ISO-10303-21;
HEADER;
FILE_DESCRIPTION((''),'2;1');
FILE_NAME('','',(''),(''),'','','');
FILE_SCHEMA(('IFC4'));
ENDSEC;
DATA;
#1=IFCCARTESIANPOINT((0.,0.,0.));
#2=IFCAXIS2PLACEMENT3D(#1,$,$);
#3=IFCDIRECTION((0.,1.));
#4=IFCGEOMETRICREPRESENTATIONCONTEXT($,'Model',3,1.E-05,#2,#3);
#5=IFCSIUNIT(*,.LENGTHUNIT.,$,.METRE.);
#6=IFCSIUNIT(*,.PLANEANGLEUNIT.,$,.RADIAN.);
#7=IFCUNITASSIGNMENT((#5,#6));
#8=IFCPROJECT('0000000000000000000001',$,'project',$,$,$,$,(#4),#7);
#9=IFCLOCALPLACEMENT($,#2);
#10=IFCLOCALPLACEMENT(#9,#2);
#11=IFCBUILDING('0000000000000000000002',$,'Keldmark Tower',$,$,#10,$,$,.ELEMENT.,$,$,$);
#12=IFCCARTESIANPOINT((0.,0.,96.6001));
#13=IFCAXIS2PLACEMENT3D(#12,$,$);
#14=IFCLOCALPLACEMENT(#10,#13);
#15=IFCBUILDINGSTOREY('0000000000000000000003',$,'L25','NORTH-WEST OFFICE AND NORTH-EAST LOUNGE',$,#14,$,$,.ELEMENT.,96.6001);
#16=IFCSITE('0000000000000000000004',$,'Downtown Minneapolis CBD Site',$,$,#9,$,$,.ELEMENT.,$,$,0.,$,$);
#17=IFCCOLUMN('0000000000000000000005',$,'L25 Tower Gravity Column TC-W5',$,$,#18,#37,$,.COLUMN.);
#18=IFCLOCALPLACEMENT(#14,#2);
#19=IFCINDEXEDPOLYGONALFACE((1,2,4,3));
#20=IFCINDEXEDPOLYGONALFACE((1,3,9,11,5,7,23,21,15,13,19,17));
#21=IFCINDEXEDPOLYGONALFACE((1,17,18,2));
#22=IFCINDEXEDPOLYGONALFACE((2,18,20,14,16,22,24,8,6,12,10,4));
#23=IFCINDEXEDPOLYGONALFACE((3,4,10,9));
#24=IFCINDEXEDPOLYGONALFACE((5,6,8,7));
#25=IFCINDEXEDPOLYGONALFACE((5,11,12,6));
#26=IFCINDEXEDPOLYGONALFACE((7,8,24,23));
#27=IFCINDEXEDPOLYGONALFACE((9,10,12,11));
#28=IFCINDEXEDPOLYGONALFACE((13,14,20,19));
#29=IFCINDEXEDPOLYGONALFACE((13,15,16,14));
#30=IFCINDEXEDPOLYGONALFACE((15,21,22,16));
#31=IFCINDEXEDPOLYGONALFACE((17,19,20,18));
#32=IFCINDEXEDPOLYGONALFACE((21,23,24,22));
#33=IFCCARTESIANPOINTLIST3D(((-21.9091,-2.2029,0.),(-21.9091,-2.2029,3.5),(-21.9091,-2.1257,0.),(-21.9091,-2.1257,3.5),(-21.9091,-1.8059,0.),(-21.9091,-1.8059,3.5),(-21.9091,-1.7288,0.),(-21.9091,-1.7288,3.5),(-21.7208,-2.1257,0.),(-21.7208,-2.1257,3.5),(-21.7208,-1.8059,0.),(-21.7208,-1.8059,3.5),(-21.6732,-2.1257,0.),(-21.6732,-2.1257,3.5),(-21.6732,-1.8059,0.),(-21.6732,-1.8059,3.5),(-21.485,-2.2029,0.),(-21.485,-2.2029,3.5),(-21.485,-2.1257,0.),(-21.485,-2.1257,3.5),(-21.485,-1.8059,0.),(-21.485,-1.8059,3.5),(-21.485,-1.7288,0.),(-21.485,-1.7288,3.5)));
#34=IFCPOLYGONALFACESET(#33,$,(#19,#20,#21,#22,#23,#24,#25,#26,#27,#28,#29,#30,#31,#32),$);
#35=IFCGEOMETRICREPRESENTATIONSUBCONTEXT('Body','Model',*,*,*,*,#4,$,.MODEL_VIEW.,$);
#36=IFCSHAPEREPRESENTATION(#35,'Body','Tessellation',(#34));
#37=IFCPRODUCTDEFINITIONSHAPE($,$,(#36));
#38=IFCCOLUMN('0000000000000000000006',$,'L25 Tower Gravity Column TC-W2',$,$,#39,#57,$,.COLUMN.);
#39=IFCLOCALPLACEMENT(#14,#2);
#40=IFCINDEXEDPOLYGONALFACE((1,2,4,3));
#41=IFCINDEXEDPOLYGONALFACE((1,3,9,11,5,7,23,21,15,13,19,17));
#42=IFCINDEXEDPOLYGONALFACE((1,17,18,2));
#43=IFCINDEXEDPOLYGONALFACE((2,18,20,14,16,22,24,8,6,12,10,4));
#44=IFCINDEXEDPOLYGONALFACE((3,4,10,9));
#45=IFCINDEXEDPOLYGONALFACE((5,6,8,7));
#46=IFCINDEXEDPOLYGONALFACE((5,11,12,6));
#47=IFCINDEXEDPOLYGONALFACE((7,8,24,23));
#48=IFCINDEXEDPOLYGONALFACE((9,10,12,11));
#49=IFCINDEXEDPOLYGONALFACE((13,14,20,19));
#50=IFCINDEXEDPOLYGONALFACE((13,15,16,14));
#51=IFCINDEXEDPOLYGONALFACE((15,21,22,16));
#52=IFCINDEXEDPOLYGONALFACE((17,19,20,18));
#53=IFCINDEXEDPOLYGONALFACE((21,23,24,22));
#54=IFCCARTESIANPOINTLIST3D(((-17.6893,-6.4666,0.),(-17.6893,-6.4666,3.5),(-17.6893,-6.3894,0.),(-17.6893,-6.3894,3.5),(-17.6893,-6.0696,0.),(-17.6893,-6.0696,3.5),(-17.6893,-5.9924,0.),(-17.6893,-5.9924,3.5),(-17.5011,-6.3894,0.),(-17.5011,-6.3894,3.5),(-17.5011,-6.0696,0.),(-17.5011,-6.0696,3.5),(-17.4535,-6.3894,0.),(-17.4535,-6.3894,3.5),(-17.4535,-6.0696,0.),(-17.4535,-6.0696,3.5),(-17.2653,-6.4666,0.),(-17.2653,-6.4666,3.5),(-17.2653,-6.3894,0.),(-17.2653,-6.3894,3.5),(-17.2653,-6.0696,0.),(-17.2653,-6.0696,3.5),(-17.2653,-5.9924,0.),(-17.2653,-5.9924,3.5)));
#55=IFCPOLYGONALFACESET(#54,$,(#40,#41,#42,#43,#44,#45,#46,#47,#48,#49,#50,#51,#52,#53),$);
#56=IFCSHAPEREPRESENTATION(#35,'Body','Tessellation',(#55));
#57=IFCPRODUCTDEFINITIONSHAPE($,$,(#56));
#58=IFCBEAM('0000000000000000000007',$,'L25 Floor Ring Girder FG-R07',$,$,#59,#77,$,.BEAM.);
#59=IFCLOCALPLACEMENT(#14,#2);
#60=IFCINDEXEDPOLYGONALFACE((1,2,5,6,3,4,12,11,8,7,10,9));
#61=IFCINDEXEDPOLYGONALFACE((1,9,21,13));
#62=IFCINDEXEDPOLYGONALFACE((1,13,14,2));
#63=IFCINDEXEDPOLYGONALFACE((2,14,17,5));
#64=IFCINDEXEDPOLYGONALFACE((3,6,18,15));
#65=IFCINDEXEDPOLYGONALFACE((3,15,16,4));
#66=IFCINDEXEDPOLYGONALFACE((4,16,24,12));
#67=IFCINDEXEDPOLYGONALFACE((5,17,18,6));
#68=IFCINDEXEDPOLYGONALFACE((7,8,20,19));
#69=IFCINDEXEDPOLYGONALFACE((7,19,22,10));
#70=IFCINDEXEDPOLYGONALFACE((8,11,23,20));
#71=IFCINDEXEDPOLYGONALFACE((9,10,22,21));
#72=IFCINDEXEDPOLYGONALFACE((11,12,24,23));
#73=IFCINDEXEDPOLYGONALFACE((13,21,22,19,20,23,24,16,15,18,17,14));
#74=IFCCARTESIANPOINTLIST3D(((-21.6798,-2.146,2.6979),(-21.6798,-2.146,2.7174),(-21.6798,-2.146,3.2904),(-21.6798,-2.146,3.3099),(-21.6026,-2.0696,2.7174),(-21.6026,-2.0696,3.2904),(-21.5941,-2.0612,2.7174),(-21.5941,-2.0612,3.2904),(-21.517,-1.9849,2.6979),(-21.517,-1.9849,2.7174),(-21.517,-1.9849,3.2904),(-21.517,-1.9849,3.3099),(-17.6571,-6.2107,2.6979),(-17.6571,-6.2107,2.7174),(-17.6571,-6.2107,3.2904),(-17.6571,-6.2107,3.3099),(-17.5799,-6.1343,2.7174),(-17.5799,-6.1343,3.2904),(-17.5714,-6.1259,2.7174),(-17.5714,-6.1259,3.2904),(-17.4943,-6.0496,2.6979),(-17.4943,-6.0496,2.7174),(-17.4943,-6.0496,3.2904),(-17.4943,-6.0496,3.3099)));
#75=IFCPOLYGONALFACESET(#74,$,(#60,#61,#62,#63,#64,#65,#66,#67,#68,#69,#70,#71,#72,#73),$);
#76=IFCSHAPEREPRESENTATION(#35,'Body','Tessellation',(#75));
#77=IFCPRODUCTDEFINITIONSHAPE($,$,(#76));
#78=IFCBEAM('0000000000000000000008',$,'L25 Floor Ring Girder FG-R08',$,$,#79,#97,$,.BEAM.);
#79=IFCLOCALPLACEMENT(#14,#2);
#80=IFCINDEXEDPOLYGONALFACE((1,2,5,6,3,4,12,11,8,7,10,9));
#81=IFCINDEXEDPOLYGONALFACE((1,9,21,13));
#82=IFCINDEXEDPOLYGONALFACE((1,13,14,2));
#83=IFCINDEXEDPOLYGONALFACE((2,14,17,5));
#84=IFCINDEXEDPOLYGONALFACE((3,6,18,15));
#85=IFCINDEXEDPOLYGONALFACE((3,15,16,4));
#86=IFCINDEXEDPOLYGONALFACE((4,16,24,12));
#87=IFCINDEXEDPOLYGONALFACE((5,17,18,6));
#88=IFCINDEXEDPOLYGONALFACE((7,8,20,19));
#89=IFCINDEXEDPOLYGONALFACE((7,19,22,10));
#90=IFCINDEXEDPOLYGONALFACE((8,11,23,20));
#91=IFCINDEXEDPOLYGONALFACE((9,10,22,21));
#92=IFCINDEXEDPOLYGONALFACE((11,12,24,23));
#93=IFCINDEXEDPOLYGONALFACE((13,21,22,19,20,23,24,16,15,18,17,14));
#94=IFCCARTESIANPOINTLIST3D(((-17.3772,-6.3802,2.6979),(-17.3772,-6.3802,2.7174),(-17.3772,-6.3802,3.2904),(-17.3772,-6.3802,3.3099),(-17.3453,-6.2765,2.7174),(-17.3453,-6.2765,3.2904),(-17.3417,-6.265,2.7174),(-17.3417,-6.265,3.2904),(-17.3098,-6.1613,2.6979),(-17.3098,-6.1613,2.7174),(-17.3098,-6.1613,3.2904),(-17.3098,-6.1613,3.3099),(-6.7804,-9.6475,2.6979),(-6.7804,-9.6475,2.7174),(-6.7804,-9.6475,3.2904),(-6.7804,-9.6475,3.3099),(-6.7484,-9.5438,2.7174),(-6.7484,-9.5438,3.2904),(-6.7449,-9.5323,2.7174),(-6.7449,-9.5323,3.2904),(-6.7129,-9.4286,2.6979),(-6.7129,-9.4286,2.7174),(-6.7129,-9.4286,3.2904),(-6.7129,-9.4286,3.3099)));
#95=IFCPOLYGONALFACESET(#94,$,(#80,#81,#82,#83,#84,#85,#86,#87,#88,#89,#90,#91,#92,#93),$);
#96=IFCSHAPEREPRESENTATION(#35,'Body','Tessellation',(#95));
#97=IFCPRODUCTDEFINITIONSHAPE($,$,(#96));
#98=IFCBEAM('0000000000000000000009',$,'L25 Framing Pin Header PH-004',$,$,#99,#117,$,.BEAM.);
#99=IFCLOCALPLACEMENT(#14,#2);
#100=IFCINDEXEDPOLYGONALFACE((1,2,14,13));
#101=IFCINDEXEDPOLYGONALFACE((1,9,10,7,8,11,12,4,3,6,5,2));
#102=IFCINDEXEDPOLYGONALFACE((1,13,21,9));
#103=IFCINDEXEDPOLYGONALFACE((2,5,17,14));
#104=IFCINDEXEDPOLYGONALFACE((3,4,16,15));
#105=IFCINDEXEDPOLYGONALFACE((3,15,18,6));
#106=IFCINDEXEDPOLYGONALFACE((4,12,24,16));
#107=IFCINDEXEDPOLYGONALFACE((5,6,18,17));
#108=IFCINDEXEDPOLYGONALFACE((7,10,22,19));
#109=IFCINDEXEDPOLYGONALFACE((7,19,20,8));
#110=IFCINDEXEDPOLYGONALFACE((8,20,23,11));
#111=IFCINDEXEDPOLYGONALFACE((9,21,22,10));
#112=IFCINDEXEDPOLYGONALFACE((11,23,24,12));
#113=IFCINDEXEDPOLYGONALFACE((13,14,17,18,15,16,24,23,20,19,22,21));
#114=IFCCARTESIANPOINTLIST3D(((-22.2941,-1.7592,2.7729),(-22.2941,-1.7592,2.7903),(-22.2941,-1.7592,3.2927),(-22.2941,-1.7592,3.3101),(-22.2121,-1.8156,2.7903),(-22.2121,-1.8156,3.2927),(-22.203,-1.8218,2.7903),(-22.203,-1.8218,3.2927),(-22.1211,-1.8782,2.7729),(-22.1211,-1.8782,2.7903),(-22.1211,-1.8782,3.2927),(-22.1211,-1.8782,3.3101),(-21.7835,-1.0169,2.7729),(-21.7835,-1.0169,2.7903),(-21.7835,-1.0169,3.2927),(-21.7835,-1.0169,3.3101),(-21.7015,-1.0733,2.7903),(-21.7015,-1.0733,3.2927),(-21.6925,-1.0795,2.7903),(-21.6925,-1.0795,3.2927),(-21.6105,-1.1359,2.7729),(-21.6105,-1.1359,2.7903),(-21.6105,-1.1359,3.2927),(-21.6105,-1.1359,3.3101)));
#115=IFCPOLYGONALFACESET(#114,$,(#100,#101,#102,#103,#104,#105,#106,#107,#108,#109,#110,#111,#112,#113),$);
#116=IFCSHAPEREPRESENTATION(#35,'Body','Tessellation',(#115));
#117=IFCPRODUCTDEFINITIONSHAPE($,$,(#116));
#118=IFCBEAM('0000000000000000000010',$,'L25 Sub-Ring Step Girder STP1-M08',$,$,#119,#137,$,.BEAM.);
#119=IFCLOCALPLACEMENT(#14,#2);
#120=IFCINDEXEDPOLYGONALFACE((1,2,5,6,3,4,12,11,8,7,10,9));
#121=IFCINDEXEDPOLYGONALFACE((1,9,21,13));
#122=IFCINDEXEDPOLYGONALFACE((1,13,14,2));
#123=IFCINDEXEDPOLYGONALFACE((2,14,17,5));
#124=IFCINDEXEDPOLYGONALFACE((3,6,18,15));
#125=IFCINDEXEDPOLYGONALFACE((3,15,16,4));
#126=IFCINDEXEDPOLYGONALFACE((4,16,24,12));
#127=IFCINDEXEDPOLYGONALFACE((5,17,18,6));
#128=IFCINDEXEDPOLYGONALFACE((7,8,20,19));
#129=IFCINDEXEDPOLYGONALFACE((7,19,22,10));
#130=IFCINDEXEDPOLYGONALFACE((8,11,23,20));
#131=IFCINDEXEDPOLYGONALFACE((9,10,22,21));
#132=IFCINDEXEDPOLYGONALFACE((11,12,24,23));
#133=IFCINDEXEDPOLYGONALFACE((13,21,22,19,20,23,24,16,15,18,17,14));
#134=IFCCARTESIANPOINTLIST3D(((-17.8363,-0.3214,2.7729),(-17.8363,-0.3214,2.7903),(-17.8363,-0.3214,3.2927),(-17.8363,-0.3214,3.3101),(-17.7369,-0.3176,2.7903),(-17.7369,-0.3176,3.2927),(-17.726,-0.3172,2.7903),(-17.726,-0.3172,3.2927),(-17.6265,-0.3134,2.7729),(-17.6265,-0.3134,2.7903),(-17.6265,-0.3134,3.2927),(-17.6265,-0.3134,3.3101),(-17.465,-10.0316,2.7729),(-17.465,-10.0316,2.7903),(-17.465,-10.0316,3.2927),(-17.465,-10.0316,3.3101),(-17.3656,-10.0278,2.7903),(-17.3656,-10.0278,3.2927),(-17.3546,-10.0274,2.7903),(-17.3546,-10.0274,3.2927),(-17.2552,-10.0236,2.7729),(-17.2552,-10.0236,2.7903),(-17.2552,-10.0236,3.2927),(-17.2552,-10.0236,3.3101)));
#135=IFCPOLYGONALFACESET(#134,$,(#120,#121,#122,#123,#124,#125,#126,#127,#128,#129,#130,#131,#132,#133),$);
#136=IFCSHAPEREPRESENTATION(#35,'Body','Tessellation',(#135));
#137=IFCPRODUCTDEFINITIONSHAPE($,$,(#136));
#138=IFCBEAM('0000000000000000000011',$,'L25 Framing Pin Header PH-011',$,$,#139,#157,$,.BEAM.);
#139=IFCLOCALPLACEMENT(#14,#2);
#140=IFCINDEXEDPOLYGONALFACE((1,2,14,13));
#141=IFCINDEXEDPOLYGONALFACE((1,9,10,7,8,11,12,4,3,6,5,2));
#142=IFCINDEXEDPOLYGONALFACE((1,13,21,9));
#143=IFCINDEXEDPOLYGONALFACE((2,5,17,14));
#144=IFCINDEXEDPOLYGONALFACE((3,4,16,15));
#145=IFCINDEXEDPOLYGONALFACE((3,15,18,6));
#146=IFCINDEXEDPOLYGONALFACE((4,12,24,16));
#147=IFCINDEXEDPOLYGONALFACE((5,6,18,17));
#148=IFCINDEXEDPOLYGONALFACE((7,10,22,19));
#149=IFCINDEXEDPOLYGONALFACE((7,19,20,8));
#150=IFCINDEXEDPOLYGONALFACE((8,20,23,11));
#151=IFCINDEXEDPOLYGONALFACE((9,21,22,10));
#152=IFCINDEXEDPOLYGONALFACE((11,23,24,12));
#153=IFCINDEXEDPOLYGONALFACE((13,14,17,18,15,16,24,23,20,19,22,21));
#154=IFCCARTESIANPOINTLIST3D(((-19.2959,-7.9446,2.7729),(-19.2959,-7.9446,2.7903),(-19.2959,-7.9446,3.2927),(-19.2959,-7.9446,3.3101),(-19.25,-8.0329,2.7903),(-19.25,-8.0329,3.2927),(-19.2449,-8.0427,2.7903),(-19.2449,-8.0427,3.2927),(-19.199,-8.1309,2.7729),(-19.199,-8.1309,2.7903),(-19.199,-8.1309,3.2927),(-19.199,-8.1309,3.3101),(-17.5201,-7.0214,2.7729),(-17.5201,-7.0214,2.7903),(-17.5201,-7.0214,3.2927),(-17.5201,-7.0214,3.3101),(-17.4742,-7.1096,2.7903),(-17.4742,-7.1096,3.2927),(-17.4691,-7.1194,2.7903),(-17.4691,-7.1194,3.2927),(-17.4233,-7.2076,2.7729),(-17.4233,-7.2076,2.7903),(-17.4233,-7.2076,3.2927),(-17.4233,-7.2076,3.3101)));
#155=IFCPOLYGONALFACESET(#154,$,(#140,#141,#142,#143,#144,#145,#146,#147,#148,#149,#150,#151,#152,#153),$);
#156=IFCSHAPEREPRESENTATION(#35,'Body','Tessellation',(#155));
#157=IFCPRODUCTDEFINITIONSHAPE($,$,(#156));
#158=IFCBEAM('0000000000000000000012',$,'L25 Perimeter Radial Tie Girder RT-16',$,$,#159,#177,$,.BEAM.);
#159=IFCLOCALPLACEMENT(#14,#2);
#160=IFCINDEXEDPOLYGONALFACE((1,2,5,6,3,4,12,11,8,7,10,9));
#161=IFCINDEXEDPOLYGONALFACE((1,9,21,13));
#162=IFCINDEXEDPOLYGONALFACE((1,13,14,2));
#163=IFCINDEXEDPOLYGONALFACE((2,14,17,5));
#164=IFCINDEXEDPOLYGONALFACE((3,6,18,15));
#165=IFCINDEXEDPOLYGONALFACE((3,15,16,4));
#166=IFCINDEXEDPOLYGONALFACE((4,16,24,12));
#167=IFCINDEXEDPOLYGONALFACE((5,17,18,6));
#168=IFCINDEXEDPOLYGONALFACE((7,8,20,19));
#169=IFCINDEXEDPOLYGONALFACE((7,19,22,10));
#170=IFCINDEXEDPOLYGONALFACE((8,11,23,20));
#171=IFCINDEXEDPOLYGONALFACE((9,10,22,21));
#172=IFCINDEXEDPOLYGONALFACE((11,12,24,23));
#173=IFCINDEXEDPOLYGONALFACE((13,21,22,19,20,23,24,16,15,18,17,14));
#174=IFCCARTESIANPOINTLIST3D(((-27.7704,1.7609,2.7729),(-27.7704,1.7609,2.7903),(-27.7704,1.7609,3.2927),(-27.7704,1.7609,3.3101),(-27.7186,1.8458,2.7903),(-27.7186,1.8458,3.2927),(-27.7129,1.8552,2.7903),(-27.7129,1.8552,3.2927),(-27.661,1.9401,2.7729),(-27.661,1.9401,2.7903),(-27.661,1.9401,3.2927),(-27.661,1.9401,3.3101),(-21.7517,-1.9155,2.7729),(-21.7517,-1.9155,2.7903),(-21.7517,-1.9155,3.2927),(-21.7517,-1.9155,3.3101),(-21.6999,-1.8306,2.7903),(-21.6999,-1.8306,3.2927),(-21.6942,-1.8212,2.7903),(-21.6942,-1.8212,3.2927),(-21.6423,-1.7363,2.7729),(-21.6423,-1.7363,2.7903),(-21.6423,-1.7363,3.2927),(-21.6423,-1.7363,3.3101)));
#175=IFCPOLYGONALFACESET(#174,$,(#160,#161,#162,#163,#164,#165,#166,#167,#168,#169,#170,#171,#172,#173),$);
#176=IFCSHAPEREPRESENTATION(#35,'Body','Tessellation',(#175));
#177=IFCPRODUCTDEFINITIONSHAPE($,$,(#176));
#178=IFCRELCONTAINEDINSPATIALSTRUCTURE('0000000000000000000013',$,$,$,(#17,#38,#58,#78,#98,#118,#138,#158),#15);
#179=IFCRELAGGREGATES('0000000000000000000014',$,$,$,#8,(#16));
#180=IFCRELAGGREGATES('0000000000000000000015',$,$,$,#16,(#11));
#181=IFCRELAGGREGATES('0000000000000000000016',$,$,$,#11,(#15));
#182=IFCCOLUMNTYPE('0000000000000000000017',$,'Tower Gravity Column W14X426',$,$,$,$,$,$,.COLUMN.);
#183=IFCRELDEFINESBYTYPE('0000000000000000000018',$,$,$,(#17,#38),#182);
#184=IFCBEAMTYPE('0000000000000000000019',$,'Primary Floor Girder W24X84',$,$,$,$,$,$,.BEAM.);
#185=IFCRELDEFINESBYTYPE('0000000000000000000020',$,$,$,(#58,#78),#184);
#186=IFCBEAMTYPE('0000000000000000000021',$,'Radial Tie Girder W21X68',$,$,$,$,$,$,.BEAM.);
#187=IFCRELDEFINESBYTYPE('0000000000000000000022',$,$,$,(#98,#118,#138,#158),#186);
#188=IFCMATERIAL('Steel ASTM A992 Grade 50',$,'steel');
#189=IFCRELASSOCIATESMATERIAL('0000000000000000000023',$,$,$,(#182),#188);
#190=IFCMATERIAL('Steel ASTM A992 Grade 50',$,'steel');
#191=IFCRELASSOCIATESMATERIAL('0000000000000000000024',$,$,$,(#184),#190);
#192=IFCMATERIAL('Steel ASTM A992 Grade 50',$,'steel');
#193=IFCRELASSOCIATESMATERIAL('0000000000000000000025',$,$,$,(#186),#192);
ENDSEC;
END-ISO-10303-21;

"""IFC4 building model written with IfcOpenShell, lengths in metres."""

from ifc_helpers import new_model, si_unit, direction, frame, origin, origin_2d, place, context, subcontext, project, spatial, i_section, extrude, material, material_profile, profile_set, type_object, element, save


model = new_model("IFC4")

# Units and contexts
model_context = context("Model", 3, precision=1e-05, world=origin(), true_north=direction((0.0, 1.0)))
body_context = subcontext(model_context, "Body", "Model", "MODEL_VIEW")
ifc_project = project(units=[si_unit("LENGTHUNIT", "METRE"), si_unit("PLANEANGLEUNIT", "RADIAN")], contexts=[model_context])

# Site, building, storey
site_placement = place(None, origin())
site = spatial("IfcSite", under=ifc_project, at=site_placement, Name="Downtown Minneapolis CBD Site", CompositionType="ELEMENT", RefElevation=0.0)
building_placement = place(site_placement, origin())
building = spatial("IfcBuilding", under=site, at=building_placement, Name="Keldmark Tower", CompositionType="ELEMENT")
storey_placement = place(building_placement, frame((0.0, 0.0, 96.6001)))
storey = spatial("IfcBuildingStorey", under=building, at=storey_placement, Name="L25", Description="NORTH-WEST OFFICE AND NORTH-EAST LOUNGE", CompositionType="ELEMENT", Elevation=96.6001)

# Columns
ifc_material_1 = material(Name="Steel ASTM A992 Grade 50", Category="steel")
ifc_material_profile_1 = material_profile(ifc_material_1, i_section(OverallWidth=0.4241, OverallDepth=0.4741, WebThickness=0.0476, FlangeThickness=0.0771, at=origin_2d()), Name="W14X426")
ifc_profile_set_1 = profile_set([ifc_material_profile_1], Name="Steel ASTM A992 Grade 50")
column_type = type_object("IfcColumnType", Name="Tower Gravity Column W14X426", PredefinedType="COLUMN", material=ifc_profile_set_1)
for number, where, z_axis, x_axis, name in (
    (1, (-21.697, -1.9658, 0.0), (0.0, 0.0, 1.0), (1.0, 0.0, 0.0), "L25 Tower Gravity Column TC-W5"),
    (2, (-17.4773, -6.2295, 0.0), (0.0, 0.0, 1.0), (1.0, 0.0, 0.0), "L25 Tower Gravity Column TC-W2"),
):
    element("IfcColumn", number, at=place(storey_placement, frame(where, z_axis=z_axis, x_axis=x_axis)), inside=storey, type_object=column_type, Name=name, PredefinedType="COLUMN", context=body_context, shape_type="SweptSolid", body=[
        extrude(i_section(OverallWidth=0.4241, OverallDepth=0.4741, WebThickness=0.0476, FlangeThickness=0.0771, at=origin_2d()), origin(), (0.0, 0.0, 1.0), 3.5),
    ])

# Beams
ifc_material_2 = material(Name="Steel ASTM A992 Grade 50", Category="steel")
ifc_material_profile_2 = material_profile(ifc_material_2, i_section(OverallWidth=0.229, OverallDepth=0.6121, WebThickness=0.012, FlangeThickness=0.0195, at=origin_2d()), Name="W24X84")
ifc_profile_set_2 = profile_set([ifc_material_profile_2], Name="Steel ASTM A992 Grade 50")
beam_type_1 = type_object("IfcBeamType", Name="Primary Floor Girder W24X84", PredefinedType="BEAM", material=ifc_profile_set_2)
beam_1_placement = place(storey_placement, frame((-21.5984, -2.0654, 3.0039), z_axis=(0.703426, -0.710769, 0.0), x_axis=(0.710769, 0.703426, 0.0)))
element("IfcBeam", 3, at=beam_1_placement, inside=storey, type_object=beam_type_1, Name="L25 Floor Ring Girder FG-R07", PredefinedType="BEAM", context=body_context, shape_type="SweptSolid", body=[
    extrude(i_section(OverallWidth=0.229, OverallDepth=0.6121, WebThickness=0.012, FlangeThickness=0.0195, at=origin_2d()), origin(), (0.0, 0.0, 1.0), 5.7188),
])
beam_2_placement = place(storey_placement, frame((-17.3435, -6.2708, 3.0039), z_axis=(0.955608, -0.294641, 0.0), x_axis=(0.294641, 0.955608, 0.0)))
element("IfcBeam", 4, at=beam_2_placement, inside=storey, type_object=beam_type_1, Name="L25 Floor Ring Girder FG-R08", PredefinedType="BEAM", context=body_context, shape_type="SweptSolid", body=[
    extrude(i_section(OverallWidth=0.229, OverallDepth=0.6121, WebThickness=0.012, FlangeThickness=0.0195, at=origin_2d()), origin(), (0.0, 0.0, 1.0), 11.0891),
])
ifc_material_3 = material(Name="Steel ASTM A992 Grade 50", Category="steel")
ifc_material_profile_3 = material_profile(ifc_material_3, i_section(OverallWidth=0.21, OverallDepth=0.5371, WebThickness=0.011, FlangeThickness=0.0173, at=origin_2d()), Name="W21X68")
ifc_profile_set_3 = profile_set([ifc_material_profile_3], Name="Steel ASTM A992 Grade 50")
beam_type_2 = type_object("IfcBeamType", Name="Radial Tie Girder W21X68", PredefinedType="BEAM", material=ifc_profile_set_3)
beam_3_placement = place(storey_placement, frame((-21.697, -1.0764, 3.0415), z_axis=(-0.566713, -0.823915, 0.0), x_axis=(0.823915, -0.566713, 0.0)))
element("IfcBeam", 5, at=beam_3_placement, inside=storey, type_object=beam_type_2, Name="L25 Framing Pin Header PH-004", PredefinedType="BEAM", context=body_context, shape_type="SweptSolid", body=[
    extrude(i_section(OverallWidth=0.21, OverallDepth=0.5371, WebThickness=0.011, FlangeThickness=0.0173, at=origin_2d()), origin(), (0.0, 0.0, 1.0), 0.9009),
])
beam_4_placement = place(storey_placement, frame((-17.7314, -0.3174, 3.0415), z_axis=(0.038214, -0.99927, 0.0), x_axis=(0.99927, 0.038214, 0.0)))
element("IfcBeam", 6, at=beam_4_placement, inside=storey, type_object=beam_type_2, Name="L25 Sub-Ring Step Girder STP1-M08", PredefinedType="BEAM", context=body_context, shape_type="SweptSolid", body=[
    extrude(i_section(OverallWidth=0.21, OverallDepth=0.5371, WebThickness=0.011, FlangeThickness=0.0173, at=origin_2d()), origin(), (0.0, 0.0, 1.0), 9.7173),
])
beam_5_placement = place(storey_placement, frame((-17.4717, -7.1145, 3.0415), z_axis=(-0.887241, -0.461307, 0.0), x_axis=(0.461307, -0.887241, 0.0)))
element("IfcBeam", 7, at=beam_5_placement, inside=storey, type_object=beam_type_2, Name="L25 Framing Pin Header PH-011", PredefinedType="BEAM", context=body_context, shape_type="SweptSolid", body=[
    extrude(i_section(OverallWidth=0.21, OverallDepth=0.5371, WebThickness=0.011, FlangeThickness=0.0173, at=origin_2d()), origin(), (0.0, 0.0, 1.0), 2.0015),
])
beam_6_placement = place(storey_placement, frame((-21.697, -1.8259, 3.0415), z_axis=(-0.853385, 0.521281, 0.0), x_axis=(-0.521281, -0.853385, 0.0)))
element("IfcBeam", 8, at=beam_6_placement, inside=storey, type_object=beam_type_2, Name="L25 Perimeter Radial Tie Girder RT-16", PredefinedType="BEAM", context=body_context, shape_type="SweptSolid", body=[
    extrude(i_section(OverallWidth=0.21, OverallDepth=0.5371, WebThickness=0.011, FlangeThickness=0.0173, at=origin_2d()), origin(), (0.0, 0.0, 1.0), 7.0527),
])

save(model, "model.ifc")
